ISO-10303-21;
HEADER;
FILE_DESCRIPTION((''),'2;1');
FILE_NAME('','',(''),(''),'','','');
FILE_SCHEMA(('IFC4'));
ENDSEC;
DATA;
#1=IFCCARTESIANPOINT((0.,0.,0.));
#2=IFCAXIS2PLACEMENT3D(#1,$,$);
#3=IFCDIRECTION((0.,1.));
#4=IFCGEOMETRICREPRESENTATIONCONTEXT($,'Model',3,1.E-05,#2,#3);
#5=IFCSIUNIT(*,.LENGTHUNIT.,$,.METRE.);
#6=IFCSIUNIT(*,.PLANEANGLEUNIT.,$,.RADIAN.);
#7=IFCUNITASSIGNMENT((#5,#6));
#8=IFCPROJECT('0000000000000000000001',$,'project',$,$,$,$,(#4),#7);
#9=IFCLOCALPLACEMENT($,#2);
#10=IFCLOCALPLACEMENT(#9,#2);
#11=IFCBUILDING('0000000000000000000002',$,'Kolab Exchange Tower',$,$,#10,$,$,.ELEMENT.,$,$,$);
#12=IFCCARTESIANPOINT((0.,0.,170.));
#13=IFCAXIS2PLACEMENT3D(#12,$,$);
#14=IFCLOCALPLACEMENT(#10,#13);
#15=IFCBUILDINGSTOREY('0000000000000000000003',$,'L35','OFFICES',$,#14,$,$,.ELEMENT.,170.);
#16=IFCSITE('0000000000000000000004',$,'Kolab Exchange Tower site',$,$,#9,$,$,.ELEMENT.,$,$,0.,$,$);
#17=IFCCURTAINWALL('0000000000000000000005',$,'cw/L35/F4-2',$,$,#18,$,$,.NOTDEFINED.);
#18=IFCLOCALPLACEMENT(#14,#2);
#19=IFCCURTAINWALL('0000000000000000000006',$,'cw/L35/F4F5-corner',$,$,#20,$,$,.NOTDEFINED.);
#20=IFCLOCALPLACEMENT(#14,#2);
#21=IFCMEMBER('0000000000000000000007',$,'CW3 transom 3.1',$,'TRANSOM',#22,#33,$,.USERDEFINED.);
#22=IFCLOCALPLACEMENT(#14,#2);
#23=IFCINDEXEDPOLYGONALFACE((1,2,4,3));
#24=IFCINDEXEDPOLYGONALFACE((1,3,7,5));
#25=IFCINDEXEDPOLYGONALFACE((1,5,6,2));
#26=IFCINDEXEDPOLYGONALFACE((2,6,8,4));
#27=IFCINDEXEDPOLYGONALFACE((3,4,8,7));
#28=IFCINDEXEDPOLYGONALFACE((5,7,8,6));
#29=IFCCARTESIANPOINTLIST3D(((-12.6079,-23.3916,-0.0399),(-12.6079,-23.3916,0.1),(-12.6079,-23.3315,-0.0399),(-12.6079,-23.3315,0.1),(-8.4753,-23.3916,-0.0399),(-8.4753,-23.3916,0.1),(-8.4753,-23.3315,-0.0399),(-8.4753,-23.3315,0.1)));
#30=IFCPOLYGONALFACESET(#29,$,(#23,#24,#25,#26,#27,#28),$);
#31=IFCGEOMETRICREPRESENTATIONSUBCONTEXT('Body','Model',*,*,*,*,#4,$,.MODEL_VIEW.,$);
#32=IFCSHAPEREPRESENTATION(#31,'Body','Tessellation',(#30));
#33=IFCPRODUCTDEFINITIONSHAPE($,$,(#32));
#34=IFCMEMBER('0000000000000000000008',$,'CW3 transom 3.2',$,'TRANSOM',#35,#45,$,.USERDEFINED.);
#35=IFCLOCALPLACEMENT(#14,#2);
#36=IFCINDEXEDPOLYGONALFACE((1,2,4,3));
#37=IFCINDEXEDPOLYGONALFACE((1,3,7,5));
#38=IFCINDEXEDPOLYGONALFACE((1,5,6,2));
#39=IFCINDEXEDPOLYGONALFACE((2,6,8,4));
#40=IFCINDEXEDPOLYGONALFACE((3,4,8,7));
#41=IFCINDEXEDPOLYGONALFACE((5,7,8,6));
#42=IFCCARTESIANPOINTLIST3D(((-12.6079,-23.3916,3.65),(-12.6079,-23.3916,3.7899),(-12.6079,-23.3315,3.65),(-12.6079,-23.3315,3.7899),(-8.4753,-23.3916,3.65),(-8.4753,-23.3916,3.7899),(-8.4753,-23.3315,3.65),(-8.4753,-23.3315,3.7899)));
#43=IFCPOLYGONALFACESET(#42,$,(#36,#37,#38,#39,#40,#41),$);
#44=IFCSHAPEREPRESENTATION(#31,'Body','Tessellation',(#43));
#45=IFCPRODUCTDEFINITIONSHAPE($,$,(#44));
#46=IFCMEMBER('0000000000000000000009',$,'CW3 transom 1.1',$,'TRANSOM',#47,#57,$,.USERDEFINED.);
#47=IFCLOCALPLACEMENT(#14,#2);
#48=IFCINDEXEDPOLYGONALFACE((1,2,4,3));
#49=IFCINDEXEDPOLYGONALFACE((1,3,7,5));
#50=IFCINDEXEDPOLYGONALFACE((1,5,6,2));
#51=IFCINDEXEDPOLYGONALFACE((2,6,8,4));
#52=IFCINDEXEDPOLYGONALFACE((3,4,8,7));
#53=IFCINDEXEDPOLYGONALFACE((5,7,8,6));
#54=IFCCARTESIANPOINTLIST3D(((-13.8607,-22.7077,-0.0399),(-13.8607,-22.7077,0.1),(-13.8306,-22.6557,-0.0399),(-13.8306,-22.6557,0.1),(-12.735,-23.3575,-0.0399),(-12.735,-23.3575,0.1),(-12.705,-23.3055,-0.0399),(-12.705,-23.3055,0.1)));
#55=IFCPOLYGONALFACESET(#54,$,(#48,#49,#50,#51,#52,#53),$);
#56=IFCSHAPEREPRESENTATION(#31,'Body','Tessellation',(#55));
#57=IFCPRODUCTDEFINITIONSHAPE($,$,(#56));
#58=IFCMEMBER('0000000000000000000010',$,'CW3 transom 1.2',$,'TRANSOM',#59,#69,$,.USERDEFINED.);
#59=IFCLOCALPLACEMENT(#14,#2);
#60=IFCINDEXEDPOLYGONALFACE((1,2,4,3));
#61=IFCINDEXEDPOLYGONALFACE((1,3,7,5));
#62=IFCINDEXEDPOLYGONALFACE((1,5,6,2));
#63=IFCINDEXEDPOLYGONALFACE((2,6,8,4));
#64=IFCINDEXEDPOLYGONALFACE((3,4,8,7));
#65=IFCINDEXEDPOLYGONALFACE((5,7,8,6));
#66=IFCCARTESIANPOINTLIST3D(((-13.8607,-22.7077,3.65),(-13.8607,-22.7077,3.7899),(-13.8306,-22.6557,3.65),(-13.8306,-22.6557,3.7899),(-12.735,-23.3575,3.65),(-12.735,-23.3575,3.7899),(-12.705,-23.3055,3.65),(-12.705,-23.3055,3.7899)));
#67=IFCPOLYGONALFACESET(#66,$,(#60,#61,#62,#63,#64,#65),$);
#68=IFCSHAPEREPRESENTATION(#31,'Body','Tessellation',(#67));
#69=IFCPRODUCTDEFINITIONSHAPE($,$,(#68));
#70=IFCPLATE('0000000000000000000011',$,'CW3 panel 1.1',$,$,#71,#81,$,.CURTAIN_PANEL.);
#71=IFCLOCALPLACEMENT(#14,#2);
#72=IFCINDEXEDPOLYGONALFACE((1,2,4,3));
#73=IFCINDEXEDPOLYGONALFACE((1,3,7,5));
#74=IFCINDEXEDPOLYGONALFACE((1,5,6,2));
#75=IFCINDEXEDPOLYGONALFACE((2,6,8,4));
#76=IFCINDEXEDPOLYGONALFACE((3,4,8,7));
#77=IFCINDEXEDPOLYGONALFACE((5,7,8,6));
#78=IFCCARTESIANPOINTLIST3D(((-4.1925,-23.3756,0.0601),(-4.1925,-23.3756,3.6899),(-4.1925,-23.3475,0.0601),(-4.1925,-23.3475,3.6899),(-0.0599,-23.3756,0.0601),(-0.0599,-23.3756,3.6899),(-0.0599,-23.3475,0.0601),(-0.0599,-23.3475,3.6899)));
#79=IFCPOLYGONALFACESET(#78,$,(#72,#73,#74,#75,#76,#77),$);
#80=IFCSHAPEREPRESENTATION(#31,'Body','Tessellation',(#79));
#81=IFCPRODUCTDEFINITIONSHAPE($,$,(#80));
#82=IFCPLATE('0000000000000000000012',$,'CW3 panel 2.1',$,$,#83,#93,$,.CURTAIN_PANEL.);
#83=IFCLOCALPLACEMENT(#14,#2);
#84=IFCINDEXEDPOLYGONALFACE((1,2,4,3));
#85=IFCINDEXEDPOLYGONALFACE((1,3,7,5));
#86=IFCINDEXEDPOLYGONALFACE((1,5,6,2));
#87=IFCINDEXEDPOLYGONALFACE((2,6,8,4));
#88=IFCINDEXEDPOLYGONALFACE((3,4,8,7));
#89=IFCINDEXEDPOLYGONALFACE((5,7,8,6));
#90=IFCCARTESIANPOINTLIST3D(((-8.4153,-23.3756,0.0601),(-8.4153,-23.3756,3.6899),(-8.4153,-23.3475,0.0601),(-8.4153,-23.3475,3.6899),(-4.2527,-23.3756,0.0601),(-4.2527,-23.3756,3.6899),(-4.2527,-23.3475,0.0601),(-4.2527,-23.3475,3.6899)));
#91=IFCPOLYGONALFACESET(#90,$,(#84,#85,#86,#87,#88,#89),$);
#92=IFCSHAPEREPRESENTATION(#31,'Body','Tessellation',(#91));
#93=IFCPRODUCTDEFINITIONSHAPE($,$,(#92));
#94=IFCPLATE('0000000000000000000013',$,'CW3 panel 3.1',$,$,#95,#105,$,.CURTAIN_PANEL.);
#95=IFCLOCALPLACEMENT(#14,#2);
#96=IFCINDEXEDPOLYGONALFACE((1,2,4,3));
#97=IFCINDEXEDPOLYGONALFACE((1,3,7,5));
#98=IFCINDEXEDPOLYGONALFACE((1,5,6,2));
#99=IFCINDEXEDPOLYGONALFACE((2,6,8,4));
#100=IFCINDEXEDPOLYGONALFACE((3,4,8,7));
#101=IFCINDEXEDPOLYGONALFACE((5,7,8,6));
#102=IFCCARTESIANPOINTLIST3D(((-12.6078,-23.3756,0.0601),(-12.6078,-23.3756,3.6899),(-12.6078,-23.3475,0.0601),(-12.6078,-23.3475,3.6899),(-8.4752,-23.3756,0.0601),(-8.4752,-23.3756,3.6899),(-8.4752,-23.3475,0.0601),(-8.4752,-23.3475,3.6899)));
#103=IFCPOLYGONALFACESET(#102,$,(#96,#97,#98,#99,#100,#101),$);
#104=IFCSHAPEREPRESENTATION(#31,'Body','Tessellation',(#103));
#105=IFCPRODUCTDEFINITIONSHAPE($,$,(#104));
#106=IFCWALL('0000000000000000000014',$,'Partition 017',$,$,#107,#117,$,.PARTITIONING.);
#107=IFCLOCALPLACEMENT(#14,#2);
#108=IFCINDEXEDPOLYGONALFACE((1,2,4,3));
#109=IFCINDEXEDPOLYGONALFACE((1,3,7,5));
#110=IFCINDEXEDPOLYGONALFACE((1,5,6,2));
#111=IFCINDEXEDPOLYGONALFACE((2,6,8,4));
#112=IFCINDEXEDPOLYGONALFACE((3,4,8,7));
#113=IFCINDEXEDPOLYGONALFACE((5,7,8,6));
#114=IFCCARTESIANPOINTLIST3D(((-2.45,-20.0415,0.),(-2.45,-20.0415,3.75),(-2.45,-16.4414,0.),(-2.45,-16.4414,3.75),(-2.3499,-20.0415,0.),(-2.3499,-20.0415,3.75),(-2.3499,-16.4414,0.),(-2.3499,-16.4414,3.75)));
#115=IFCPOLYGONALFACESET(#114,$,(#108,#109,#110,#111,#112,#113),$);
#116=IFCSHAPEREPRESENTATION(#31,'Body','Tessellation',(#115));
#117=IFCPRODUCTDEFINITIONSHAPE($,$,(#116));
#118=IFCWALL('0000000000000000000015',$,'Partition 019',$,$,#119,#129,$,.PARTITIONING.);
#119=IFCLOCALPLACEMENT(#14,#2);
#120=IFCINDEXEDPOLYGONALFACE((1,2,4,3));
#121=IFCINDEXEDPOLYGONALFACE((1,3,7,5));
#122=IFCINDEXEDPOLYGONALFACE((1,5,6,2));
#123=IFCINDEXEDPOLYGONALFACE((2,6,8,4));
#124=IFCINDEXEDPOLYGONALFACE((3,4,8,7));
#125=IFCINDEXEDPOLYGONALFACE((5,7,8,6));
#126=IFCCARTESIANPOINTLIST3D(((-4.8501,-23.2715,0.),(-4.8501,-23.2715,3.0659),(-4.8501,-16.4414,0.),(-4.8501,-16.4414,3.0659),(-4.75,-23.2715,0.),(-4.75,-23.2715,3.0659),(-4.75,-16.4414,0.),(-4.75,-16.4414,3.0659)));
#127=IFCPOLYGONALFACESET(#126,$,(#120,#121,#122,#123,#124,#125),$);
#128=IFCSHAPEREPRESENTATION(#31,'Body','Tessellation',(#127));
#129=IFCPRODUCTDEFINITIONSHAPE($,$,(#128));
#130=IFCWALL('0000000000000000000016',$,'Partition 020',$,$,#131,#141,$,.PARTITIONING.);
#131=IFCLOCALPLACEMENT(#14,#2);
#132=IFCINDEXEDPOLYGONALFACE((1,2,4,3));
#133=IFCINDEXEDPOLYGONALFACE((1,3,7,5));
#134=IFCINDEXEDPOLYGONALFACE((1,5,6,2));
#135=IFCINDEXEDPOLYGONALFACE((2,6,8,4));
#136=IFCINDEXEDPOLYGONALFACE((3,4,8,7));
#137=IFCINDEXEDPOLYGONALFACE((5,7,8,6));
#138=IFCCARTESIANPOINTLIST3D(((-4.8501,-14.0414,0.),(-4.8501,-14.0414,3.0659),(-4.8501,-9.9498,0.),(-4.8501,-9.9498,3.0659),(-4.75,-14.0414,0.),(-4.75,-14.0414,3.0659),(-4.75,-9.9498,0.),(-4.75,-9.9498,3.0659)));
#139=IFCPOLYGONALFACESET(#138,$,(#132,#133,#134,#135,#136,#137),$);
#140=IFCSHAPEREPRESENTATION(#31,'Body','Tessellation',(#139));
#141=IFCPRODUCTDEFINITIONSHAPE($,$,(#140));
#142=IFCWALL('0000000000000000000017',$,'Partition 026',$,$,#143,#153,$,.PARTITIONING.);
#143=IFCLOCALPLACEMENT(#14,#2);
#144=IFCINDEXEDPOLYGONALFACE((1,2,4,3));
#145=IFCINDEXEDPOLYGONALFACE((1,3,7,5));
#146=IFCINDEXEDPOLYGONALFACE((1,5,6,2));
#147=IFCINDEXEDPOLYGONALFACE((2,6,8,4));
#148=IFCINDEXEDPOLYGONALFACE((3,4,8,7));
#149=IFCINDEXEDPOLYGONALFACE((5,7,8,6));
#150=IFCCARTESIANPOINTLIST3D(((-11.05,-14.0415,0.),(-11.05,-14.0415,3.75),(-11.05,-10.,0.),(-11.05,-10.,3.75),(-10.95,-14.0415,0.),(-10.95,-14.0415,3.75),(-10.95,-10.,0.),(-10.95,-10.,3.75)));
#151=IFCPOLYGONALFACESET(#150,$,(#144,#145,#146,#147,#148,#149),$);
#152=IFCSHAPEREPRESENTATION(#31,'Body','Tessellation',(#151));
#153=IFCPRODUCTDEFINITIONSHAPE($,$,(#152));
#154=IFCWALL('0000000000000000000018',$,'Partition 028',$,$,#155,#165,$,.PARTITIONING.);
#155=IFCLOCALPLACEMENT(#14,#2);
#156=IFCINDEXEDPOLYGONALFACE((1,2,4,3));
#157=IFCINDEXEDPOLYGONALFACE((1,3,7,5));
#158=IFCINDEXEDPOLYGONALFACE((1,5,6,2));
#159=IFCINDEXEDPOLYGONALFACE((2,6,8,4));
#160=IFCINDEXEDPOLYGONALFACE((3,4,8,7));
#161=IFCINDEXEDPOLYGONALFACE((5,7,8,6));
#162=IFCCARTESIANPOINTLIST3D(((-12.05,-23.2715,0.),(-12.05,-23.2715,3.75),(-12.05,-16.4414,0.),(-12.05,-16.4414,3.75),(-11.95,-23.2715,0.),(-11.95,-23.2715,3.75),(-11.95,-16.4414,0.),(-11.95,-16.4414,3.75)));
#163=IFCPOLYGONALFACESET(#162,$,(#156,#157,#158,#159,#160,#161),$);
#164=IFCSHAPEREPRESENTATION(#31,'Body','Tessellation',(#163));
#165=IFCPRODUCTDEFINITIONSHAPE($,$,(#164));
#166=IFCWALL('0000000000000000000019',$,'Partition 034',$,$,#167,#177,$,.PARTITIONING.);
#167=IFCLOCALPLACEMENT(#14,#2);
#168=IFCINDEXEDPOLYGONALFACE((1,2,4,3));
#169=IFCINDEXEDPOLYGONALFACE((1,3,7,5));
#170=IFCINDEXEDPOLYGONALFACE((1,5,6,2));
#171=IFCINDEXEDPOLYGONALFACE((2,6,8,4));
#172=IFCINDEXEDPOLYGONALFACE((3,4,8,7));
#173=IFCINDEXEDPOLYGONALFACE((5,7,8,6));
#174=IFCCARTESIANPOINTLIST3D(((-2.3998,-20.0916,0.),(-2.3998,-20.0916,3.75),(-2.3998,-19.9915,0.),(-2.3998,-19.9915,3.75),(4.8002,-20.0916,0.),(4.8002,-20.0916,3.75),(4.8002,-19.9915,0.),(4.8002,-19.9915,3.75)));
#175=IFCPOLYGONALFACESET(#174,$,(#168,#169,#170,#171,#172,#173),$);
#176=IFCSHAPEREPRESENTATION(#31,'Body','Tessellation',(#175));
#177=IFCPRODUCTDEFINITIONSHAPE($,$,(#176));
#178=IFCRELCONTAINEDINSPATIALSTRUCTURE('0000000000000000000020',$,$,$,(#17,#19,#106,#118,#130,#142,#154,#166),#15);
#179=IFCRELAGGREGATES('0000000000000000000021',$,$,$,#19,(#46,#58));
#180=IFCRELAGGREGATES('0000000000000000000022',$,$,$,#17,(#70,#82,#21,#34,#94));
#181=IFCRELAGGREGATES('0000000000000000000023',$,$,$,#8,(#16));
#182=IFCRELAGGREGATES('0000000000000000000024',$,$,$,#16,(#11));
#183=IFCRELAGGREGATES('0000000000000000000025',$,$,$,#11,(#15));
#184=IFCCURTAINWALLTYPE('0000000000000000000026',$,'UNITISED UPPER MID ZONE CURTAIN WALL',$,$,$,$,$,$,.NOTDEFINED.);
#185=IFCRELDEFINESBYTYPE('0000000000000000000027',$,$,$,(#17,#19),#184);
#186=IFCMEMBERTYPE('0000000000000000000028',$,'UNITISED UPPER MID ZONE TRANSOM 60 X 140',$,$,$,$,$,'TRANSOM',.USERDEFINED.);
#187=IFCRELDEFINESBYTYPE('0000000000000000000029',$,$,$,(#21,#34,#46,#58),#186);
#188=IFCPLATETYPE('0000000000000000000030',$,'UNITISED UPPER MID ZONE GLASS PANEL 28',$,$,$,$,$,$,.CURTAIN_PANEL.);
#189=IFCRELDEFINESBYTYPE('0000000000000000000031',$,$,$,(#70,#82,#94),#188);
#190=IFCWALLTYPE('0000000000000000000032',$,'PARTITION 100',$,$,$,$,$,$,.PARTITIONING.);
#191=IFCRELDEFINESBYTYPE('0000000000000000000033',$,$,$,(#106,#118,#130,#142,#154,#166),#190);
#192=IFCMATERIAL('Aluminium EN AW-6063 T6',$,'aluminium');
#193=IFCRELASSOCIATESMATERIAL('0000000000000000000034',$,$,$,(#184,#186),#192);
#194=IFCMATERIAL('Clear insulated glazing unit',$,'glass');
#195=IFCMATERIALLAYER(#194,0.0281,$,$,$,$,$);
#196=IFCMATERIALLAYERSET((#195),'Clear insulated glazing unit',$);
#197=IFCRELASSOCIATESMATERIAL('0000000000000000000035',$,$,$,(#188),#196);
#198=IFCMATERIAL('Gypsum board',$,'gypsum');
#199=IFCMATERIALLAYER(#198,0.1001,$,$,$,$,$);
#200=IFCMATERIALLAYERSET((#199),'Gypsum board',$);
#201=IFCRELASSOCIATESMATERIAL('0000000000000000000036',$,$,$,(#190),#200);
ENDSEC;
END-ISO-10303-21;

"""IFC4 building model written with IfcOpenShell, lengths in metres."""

from ifc_helpers import new_model, si_unit, direction, frame, frame_2d, origin, origin_2d, place, context, subcontext, project, spatial, rectangle, extrude, material, layer, layer_set, material_profile, profile_set, type_object, element, aggregate, save


model = new_model("IFC4")

# Units and contexts
model_context = context("Model", 3, precision=1e-05, world=origin(), true_north=direction((0.0, 1.0)))
body_context = subcontext(model_context, "Body", "Model", "MODEL_VIEW")
ifc_project = project(units=[si_unit("LENGTHUNIT", "METRE"), si_unit("PLANEANGLEUNIT", "RADIAN")], contexts=[model_context])

# Site, building, storey
site_placement = place(None, origin())
site = spatial("IfcSite", under=ifc_project, at=site_placement, Name="Kolab Exchange Tower site", CompositionType="ELEMENT", RefElevation=0.0)
building_placement = place(site_placement, origin())
building = spatial("IfcBuilding", under=site, at=building_placement, Name="Kolab Exchange Tower", CompositionType="ELEMENT")
storey_placement = place(building_placement, frame((0.0, 0.0, 170.0)))
storey = spatial("IfcBuildingStorey", under=building, at=storey_placement, Name="L35", Description="OFFICES", CompositionType="ELEMENT", Elevation=170.0)

# Curtain wall
ifc_material_1 = material(Name="Aluminium EN AW-6063 T6", Category="aluminium")
curtain_wall_type = type_object("IfcCurtainWallType", Name="UNITISED UPPER MID ZONE CURTAIN WALL", PredefinedType="NOTDEFINED", material=ifc_material_1)
curtain_wall_1_placement = place(storey_placement, origin())
curtain_wall_1 = element("IfcCurtainWall", 1, at=curtain_wall_1_placement, inside=storey, type_object=curtain_wall_type, Name="cw/L35/F4-2", PredefinedType="NOTDEFINED")

# Curtain wall
curtain_wall_2_placement = place(storey_placement, origin())
curtain_wall_2 = element("IfcCurtainWall", 2, at=curtain_wall_2_placement, inside=storey, type_object=curtain_wall_type, Name="cw/L35/F4F5-corner", PredefinedType="NOTDEFINED")

# Members
ifc_material_profile_1 = material_profile(ifc_material_1, rectangle(XDim=0.0601, YDim=0.1399, at=origin_2d()), Name="RECT 60X140")
ifc_profile_set_1 = profile_set([ifc_material_profile_1], Name="Aluminium EN AW-6063 T6")
member_type_1 = type_object("IfcMemberType", Name="UNITISED UPPER MID ZONE TRANSOM 60 X 140", ElementType="TRANSOM", PredefinedType="USERDEFINED", material=ifc_profile_set_1)
member_1_placement = place(storey_placement, frame((-8.4753, -23.3616, 0.03), z_axis=(-1.0, 0.0, 0.0), x_axis=(0.0, -1.0, 0.0)))
member_1 = element("IfcMember", 3, at=member_1_placement, type_object=member_type_1, Name="CW3 transom 3.1", ObjectType="TRANSOM", PredefinedType="USERDEFINED", context=body_context, shape_type="SweptSolid", body=[
    extrude(rectangle(XDim=0.0601, YDim=0.1399, at=origin_2d()), origin(), (0.0, 0.0, 1.0), 4.1326),
])
member_2_placement = place(storey_placement, frame((-8.4753, -23.3616, 3.72), z_axis=(-1.0, 0.0, 0.0), x_axis=(0.0, -1.0, 0.0)))
member_2 = element("IfcMember", 4, at=member_2_placement, type_object=member_type_1, Name="CW3 transom 3.2", ObjectType="TRANSOM", PredefinedType="USERDEFINED", context=body_context, shape_type="SweptSolid", body=[
    extrude(rectangle(XDim=0.0601, YDim=0.1399, at=origin_2d()), origin(), (0.0, 0.0, 1.0), 4.1326),
])
member_3_placement = place(storey_placement, frame((-12.72, -23.3315, 0.03), z_axis=(-0.866039, 0.499977, 0.0), x_axis=(-0.499977, -0.866039, 0.0)))
member_3 = element("IfcMember", 5, at=member_3_placement, type_object=member_type_1, Name="CW3 transom 1.1", ObjectType="TRANSOM", PredefinedType="USERDEFINED", context=body_context, shape_type="SweptSolid", body=[
    extrude(rectangle(XDim=0.0601, YDim=0.1399, at=origin_2d()), origin(), (0.0, 0.0, 1.0), 1.2998),
])
member_4_placement = place(storey_placement, frame((-12.72, -23.3315, 3.72), z_axis=(-0.866039, 0.499977, 0.0), x_axis=(-0.499977, -0.866039, 0.0)))
member_4 = element("IfcMember", 6, at=member_4_placement, type_object=member_type_1, Name="CW3 transom 1.2", ObjectType="TRANSOM", PredefinedType="USERDEFINED", context=body_context, shape_type="SweptSolid", body=[
    extrude(rectangle(XDim=0.0601, YDim=0.1399, at=origin_2d()), origin(), (0.0, 0.0, 1.0), 1.2998),
])
aggregate(curtain_wall_2, [member_3, member_4])

# Plates
ifc_material_2 = material(Name="Clear insulated glazing unit", Category="glass")
ifc_layer_1 = layer(ifc_material_2, 0.0281)
ifc_layer_set_1 = layer_set([ifc_layer_1], Name="Clear insulated glazing unit")
plate_type = type_object("IfcPlateType", Name="UNITISED UPPER MID ZONE GLASS PANEL 28", PredefinedType="CURTAIN_PANEL", material=ifc_layer_set_1)
plate_1_placement = place(storey_placement, frame((-2.1262, -23.3616, 0.0601), z_axis=(0.0, 0.0, 1.0), x_axis=(-1.0, 0.0, 0.0)))
plate_1 = element("IfcPlate", 7, at=plate_1_placement, type_object=plate_type, Name="CW3 panel 1.1", PredefinedType="CURTAIN_PANEL", context=body_context, shape_type="SweptSolid", body=[
    extrude(rectangle(XDim=4.1326, YDim=0.0281, at=origin_2d()), origin(), (0.0, 0.0, 1.0), 3.6299),
])
plate_2_placement = place(storey_placement, frame((-6.334, -23.3616, 0.0601), z_axis=(0.0, 0.0, 1.0), x_axis=(-1.0, 0.0, 0.0)))
plate_2 = element("IfcPlate", 8, at=plate_2_placement, type_object=plate_type, Name="CW3 panel 2.1", PredefinedType="CURTAIN_PANEL", context=body_context, shape_type="SweptSolid", body=[
    extrude(rectangle(XDim=4.1626, YDim=0.0281, at=origin_2d()), origin(), (0.0, 0.0, 1.0), 3.6299),
])
plate_3_placement = place(storey_placement, frame((-10.5415, -23.3616, 0.0601), z_axis=(0.0, 0.0, 1.0), x_axis=(-1.0, 0.0, 0.0)))
plate_3 = element("IfcPlate", 9, at=plate_3_placement, type_object=plate_type, Name="CW3 panel 3.1", PredefinedType="CURTAIN_PANEL", context=body_context, shape_type="SweptSolid", body=[
    extrude(rectangle(XDim=4.1326, YDim=0.0281, at=origin_2d()), origin(), (0.0, 0.0, 1.0), 3.6299),
])
aggregate(curtain_wall_1, [plate_1, plate_2, member_1, member_2, plate_3])

# Walls
ifc_material_3 = material(Name="Gypsum board", Category="gypsum")
ifc_layer_2 = layer(ifc_material_3, 0.1001)
ifc_layer_set_2 = layer_set([ifc_layer_2], Name="Gypsum board")
wall_type = type_object("IfcWallType", Name="PARTITION 100", PredefinedType="PARTITIONING", material=ifc_layer_set_2)
wall_1_placement = place(storey_placement, frame((-2.3999, -20.0415, 0.0), z_axis=(0.0, 0.0, 1.0), x_axis=(0.0, 1.0, 0.0)))
element("IfcWall", 10, at=wall_1_placement, inside=storey, type_object=wall_type, Name="Partition 017", PredefinedType="PARTITIONING", context=body_context, shape_type="SweptSolid", body=[
    extrude(rectangle(XDim=3.6001, YDim=0.1001, at=frame_2d((1.8, 0.0))), origin(), (0.0, 0.0, 1.0), 3.75),
])
wall_2_placement = place(storey_placement, frame((-4.8, -23.2715, 0.0), z_axis=(0.0, 0.0, 1.0), x_axis=(0.0, 1.0, 0.0)))
element("IfcWall", 11, at=wall_2_placement, inside=storey, type_object=wall_type, Name="Partition 019", PredefinedType="PARTITIONING", context=body_context, shape_type="SweptSolid", body=[
    extrude(rectangle(XDim=6.8301, YDim=0.1001, at=frame_2d((3.415, 0.0))), origin(), (0.0, 0.0, 1.0), 3.0659),
])
wall_3_placement = place(storey_placement, frame((-4.8, -14.0415, 0.0), z_axis=(0.0, 0.0, 1.0), x_axis=(0.0, 1.0, 0.0)))
element("IfcWall", 12, at=wall_3_placement, inside=storey, type_object=wall_type, Name="Partition 020", PredefinedType="PARTITIONING", context=body_context, shape_type="SweptSolid", body=[
    extrude(rectangle(XDim=4.0916, YDim=0.1001, at=frame_2d((2.0459, 0.0))), origin(), (0.0, 0.0, 1.0), 3.0659),
])
wall_4_placement = place(storey_placement, frame((-11.0, -14.0415, 0.0), z_axis=(0.0, 0.0, 1.0), x_axis=(0.0, 1.0, 0.0)))
element("IfcWall", 13, at=wall_4_placement, inside=storey, type_object=wall_type, Name="Partition 026", PredefinedType="PARTITIONING", context=body_context, shape_type="SweptSolid", body=[
    extrude(rectangle(XDim=4.0415, YDim=0.1001, at=frame_2d((2.0208, 0.0))), origin(), (0.0, 0.0, 1.0), 3.75),
])
wall_5_placement = place(storey_placement, frame((-12.0, -23.2715, 0.0), z_axis=(0.0, 0.0, 1.0), x_axis=(0.0, 1.0, 0.0)))
element("IfcWall", 14, at=wall_5_placement, inside=storey, type_object=wall_type, Name="Partition 028", PredefinedType="PARTITIONING", context=body_context, shape_type="SweptSolid", body=[
    extrude(rectangle(XDim=6.8301, YDim=0.1001, at=frame_2d((3.415, 0.0))), origin(), (0.0, 0.0, 1.0), 3.75),
])
wall_6_placement = place(storey_placement, frame((-2.3999, -20.0415, 0.0), z_axis=(0.0, 0.0, 1.0), x_axis=(1.0, 0.0, 0.0)))
element("IfcWall", 15, at=wall_6_placement, inside=storey, type_object=wall_type, Name="Partition 034", PredefinedType="PARTITIONING", context=body_context, shape_type="SweptSolid", body=[
    extrude(rectangle(XDim=7.2, YDim=0.1001, at=frame_2d((3.6001, 0.0))), origin(), (0.0, 0.0, 1.0), 3.75),
])

save(model, "model.ifc")
